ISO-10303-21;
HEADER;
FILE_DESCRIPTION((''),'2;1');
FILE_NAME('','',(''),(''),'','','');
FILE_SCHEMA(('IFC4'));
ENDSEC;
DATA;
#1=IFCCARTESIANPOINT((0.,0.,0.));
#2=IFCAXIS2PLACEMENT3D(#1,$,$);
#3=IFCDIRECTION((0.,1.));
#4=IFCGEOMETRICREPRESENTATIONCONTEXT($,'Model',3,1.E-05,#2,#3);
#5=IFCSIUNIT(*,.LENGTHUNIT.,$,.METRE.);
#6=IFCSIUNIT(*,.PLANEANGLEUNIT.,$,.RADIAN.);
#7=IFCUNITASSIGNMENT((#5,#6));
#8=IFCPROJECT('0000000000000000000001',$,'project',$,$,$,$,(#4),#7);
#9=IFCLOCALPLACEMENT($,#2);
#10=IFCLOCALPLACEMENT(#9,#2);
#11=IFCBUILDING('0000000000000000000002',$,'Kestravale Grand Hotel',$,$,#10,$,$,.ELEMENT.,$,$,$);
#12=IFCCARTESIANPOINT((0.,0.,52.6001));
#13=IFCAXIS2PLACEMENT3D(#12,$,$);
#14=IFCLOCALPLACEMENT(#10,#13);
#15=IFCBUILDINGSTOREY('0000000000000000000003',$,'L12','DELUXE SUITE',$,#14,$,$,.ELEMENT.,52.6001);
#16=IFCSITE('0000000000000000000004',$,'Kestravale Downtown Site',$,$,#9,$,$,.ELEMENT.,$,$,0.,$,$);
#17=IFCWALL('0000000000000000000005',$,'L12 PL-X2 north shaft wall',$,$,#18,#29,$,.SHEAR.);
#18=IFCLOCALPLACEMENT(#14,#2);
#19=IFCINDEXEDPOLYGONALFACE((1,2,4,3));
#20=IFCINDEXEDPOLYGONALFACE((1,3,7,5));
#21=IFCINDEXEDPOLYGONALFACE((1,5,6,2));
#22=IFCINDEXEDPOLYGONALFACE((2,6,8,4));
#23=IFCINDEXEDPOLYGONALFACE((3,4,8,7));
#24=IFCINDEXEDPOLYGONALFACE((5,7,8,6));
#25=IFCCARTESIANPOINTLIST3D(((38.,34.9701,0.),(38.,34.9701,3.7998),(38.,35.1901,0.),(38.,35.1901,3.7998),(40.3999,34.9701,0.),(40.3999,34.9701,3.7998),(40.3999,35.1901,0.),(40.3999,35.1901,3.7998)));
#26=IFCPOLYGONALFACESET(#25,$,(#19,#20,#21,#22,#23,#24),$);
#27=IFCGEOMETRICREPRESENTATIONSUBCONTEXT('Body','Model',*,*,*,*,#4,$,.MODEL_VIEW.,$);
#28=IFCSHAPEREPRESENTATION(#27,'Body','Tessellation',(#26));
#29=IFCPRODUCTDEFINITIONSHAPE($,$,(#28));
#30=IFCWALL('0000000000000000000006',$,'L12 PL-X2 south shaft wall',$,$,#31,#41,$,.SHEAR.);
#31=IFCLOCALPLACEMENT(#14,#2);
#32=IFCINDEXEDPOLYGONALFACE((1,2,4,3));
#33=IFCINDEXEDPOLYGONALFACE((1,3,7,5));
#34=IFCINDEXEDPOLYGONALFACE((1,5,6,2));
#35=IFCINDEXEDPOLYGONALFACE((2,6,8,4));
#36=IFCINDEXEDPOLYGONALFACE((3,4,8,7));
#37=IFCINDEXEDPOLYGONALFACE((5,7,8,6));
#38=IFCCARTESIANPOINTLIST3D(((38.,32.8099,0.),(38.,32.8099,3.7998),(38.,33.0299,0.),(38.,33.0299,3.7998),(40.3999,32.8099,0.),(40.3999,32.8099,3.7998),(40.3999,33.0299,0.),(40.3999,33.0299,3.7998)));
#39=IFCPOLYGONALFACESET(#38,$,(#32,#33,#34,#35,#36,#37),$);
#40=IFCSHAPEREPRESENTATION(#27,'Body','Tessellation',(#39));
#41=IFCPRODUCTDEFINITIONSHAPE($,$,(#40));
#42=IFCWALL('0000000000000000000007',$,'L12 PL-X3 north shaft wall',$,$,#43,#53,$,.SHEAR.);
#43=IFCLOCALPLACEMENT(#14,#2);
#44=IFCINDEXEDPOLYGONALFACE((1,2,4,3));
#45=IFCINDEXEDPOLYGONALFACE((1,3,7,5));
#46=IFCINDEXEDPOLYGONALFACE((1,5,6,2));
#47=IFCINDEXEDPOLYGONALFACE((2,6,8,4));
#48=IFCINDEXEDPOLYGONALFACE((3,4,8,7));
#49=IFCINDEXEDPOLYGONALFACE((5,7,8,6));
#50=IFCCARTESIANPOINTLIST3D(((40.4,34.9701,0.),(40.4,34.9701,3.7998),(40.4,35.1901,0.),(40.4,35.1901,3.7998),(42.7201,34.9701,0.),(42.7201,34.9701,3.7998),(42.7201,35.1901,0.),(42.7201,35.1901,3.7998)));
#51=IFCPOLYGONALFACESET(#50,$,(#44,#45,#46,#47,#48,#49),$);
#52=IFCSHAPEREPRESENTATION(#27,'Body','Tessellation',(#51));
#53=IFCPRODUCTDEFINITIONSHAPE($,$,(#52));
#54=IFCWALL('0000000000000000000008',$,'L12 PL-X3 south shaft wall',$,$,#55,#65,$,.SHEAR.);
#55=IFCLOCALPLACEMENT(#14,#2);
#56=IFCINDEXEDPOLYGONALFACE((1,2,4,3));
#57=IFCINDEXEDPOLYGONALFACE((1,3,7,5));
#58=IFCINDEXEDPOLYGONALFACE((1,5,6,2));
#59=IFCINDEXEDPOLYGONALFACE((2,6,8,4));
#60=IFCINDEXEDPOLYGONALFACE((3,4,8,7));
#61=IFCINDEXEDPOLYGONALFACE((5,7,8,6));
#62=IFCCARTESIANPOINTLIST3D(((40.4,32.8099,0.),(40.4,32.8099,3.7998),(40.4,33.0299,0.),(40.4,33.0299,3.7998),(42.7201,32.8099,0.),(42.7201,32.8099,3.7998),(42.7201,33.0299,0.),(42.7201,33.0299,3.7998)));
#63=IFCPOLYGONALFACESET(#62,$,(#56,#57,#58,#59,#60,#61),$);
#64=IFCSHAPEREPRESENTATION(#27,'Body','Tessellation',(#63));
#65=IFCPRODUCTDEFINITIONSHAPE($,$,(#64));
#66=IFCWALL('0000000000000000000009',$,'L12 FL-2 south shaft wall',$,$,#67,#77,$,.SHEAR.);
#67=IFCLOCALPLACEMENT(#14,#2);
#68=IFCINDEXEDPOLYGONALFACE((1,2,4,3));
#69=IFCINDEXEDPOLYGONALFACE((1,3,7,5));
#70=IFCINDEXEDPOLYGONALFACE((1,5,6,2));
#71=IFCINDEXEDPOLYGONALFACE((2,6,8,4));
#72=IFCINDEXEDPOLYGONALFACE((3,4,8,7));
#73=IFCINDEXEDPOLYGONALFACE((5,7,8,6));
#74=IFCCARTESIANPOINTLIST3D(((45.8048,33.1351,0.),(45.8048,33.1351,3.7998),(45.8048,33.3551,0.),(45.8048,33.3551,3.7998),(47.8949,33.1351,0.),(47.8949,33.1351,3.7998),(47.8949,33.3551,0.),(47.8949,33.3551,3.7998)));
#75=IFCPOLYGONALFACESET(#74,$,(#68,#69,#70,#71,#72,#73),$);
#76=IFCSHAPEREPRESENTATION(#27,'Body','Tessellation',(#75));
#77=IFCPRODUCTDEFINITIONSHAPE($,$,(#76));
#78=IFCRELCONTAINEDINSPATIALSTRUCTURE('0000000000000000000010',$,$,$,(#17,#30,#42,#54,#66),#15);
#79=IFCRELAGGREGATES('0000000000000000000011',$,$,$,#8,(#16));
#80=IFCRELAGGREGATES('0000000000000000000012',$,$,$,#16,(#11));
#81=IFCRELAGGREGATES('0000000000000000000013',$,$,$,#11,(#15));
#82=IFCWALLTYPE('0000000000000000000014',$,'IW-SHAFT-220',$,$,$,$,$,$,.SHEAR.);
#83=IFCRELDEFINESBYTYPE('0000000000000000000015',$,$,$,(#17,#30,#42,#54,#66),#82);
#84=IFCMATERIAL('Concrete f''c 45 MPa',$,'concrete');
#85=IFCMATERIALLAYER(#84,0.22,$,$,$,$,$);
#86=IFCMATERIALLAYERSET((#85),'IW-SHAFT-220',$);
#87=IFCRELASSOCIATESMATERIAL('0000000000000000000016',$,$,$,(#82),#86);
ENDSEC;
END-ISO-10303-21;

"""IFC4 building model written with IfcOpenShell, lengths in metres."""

from ifc_helpers import new_model, si_unit, direction, frame, frame_2d, origin, place, context, subcontext, project, spatial, rectangle, extrude, material, layer, layer_set, type_object, element, save


model = new_model("IFC4")

# Units and contexts
model_context = context("Model", 3, precision=1e-05, world=origin(), true_north=direction((0.0, 1.0)))
body_context = subcontext(model_context, "Body", "Model", "MODEL_VIEW")
ifc_project = project(units=[si_unit("LENGTHUNIT", "METRE"), si_unit("PLANEANGLEUNIT", "RADIAN")], contexts=[model_context])

# Site, building, storey
site_placement = place(None, origin())
site = spatial("IfcSite", under=ifc_project, at=site_placement, Name="Kestravale Downtown Site", CompositionType="ELEMENT", RefElevation=0.0)
building_placement = place(site_placement, origin())
building = spatial("IfcBuilding", under=site, at=building_placement, Name="Kestravale Grand Hotel", CompositionType="ELEMENT")
storey_placement = place(building_placement, frame((0.0, 0.0, 52.6001)))
storey = spatial("IfcBuildingStorey", under=building, at=storey_placement, Name="L12", Description="DELUXE SUITE", CompositionType="ELEMENT", Elevation=52.6001)

# Walls
ifc_material_1 = material(Name="Concrete f'c 45 MPa", Category="concrete")
ifc_layer_1 = layer(ifc_material_1, 0.22)
ifc_layer_set_1 = layer_set([ifc_layer_1], Name="IW-SHAFT-220")
wall_type_1 = type_object("IfcWallType", Name="IW-SHAFT-220", PredefinedType="SHEAR", material=ifc_layer_set_1)
for number, where, z_axis, x_axis, name in (
    (1, (38.0, 35.0801, 0.0), (0.0, 0.0, 1.0), (1.0, 0.0, 0.0), "L12 PL-X2 north shaft wall"),
    (2, (38.0, 32.9199, 0.0), (0.0, 0.0, 1.0), (1.0, 0.0, 0.0), "L12 PL-X2 south shaft wall"),
):
    element("IfcWall", number, at=place(storey_placement, frame(where, z_axis=z_axis, x_axis=x_axis)), inside=storey, type_object=wall_type_1, Name=name, PredefinedType="SHEAR", context=body_context, shape_type="SweptSolid", body=[
        extrude(rectangle(XDim=2.3999, YDim=0.22, at=frame_2d((1.2, 0.0))), origin(), (0.0, 0.0, 1.0), 3.7998),
    ])
for number, where, z_axis, x_axis, name in (
    (3, (40.3999, 35.0801, 0.0), (0.0, 0.0, 1.0), (1.0, 0.0, 0.0), "L12 PL-X3 north shaft wall"),
    (4, (40.3999, 32.9199, 0.0), (0.0, 0.0, 1.0), (1.0, 0.0, 0.0), "L12 PL-X3 south shaft wall"),
):
    element("IfcWall", number, at=place(storey_placement, frame(where, z_axis=z_axis, x_axis=x_axis)), inside=storey, type_object=wall_type_1, Name=name, PredefinedType="SHEAR", context=body_context, shape_type="SweptSolid", body=[
        extrude(rectangle(XDim=2.3201, YDim=0.22, at=frame_2d((1.1602, 0.0))), origin(), (0.0, 0.0, 1.0), 3.7998),
    ])

# Wall
wall_1_placement = place(storey_placement, frame((45.8049, 33.2451, 0.0), z_axis=(0.0, 0.0, 1.0), x_axis=(1.0, 0.0, 0.0)))
element("IfcWall", 5, at=wall_1_placement, inside=storey, type_object=wall_type_1, Name="L12 FL-2 south shaft wall", PredefinedType="SHEAR", context=body_context, shape_type="SweptSolid", body=[
    extrude(rectangle(XDim=2.0901, YDim=0.22, at=frame_2d((1.0449, 0.0))), origin(), (0.0, 0.0, 1.0), 3.7998),
])

save(model, "model.ifc")
